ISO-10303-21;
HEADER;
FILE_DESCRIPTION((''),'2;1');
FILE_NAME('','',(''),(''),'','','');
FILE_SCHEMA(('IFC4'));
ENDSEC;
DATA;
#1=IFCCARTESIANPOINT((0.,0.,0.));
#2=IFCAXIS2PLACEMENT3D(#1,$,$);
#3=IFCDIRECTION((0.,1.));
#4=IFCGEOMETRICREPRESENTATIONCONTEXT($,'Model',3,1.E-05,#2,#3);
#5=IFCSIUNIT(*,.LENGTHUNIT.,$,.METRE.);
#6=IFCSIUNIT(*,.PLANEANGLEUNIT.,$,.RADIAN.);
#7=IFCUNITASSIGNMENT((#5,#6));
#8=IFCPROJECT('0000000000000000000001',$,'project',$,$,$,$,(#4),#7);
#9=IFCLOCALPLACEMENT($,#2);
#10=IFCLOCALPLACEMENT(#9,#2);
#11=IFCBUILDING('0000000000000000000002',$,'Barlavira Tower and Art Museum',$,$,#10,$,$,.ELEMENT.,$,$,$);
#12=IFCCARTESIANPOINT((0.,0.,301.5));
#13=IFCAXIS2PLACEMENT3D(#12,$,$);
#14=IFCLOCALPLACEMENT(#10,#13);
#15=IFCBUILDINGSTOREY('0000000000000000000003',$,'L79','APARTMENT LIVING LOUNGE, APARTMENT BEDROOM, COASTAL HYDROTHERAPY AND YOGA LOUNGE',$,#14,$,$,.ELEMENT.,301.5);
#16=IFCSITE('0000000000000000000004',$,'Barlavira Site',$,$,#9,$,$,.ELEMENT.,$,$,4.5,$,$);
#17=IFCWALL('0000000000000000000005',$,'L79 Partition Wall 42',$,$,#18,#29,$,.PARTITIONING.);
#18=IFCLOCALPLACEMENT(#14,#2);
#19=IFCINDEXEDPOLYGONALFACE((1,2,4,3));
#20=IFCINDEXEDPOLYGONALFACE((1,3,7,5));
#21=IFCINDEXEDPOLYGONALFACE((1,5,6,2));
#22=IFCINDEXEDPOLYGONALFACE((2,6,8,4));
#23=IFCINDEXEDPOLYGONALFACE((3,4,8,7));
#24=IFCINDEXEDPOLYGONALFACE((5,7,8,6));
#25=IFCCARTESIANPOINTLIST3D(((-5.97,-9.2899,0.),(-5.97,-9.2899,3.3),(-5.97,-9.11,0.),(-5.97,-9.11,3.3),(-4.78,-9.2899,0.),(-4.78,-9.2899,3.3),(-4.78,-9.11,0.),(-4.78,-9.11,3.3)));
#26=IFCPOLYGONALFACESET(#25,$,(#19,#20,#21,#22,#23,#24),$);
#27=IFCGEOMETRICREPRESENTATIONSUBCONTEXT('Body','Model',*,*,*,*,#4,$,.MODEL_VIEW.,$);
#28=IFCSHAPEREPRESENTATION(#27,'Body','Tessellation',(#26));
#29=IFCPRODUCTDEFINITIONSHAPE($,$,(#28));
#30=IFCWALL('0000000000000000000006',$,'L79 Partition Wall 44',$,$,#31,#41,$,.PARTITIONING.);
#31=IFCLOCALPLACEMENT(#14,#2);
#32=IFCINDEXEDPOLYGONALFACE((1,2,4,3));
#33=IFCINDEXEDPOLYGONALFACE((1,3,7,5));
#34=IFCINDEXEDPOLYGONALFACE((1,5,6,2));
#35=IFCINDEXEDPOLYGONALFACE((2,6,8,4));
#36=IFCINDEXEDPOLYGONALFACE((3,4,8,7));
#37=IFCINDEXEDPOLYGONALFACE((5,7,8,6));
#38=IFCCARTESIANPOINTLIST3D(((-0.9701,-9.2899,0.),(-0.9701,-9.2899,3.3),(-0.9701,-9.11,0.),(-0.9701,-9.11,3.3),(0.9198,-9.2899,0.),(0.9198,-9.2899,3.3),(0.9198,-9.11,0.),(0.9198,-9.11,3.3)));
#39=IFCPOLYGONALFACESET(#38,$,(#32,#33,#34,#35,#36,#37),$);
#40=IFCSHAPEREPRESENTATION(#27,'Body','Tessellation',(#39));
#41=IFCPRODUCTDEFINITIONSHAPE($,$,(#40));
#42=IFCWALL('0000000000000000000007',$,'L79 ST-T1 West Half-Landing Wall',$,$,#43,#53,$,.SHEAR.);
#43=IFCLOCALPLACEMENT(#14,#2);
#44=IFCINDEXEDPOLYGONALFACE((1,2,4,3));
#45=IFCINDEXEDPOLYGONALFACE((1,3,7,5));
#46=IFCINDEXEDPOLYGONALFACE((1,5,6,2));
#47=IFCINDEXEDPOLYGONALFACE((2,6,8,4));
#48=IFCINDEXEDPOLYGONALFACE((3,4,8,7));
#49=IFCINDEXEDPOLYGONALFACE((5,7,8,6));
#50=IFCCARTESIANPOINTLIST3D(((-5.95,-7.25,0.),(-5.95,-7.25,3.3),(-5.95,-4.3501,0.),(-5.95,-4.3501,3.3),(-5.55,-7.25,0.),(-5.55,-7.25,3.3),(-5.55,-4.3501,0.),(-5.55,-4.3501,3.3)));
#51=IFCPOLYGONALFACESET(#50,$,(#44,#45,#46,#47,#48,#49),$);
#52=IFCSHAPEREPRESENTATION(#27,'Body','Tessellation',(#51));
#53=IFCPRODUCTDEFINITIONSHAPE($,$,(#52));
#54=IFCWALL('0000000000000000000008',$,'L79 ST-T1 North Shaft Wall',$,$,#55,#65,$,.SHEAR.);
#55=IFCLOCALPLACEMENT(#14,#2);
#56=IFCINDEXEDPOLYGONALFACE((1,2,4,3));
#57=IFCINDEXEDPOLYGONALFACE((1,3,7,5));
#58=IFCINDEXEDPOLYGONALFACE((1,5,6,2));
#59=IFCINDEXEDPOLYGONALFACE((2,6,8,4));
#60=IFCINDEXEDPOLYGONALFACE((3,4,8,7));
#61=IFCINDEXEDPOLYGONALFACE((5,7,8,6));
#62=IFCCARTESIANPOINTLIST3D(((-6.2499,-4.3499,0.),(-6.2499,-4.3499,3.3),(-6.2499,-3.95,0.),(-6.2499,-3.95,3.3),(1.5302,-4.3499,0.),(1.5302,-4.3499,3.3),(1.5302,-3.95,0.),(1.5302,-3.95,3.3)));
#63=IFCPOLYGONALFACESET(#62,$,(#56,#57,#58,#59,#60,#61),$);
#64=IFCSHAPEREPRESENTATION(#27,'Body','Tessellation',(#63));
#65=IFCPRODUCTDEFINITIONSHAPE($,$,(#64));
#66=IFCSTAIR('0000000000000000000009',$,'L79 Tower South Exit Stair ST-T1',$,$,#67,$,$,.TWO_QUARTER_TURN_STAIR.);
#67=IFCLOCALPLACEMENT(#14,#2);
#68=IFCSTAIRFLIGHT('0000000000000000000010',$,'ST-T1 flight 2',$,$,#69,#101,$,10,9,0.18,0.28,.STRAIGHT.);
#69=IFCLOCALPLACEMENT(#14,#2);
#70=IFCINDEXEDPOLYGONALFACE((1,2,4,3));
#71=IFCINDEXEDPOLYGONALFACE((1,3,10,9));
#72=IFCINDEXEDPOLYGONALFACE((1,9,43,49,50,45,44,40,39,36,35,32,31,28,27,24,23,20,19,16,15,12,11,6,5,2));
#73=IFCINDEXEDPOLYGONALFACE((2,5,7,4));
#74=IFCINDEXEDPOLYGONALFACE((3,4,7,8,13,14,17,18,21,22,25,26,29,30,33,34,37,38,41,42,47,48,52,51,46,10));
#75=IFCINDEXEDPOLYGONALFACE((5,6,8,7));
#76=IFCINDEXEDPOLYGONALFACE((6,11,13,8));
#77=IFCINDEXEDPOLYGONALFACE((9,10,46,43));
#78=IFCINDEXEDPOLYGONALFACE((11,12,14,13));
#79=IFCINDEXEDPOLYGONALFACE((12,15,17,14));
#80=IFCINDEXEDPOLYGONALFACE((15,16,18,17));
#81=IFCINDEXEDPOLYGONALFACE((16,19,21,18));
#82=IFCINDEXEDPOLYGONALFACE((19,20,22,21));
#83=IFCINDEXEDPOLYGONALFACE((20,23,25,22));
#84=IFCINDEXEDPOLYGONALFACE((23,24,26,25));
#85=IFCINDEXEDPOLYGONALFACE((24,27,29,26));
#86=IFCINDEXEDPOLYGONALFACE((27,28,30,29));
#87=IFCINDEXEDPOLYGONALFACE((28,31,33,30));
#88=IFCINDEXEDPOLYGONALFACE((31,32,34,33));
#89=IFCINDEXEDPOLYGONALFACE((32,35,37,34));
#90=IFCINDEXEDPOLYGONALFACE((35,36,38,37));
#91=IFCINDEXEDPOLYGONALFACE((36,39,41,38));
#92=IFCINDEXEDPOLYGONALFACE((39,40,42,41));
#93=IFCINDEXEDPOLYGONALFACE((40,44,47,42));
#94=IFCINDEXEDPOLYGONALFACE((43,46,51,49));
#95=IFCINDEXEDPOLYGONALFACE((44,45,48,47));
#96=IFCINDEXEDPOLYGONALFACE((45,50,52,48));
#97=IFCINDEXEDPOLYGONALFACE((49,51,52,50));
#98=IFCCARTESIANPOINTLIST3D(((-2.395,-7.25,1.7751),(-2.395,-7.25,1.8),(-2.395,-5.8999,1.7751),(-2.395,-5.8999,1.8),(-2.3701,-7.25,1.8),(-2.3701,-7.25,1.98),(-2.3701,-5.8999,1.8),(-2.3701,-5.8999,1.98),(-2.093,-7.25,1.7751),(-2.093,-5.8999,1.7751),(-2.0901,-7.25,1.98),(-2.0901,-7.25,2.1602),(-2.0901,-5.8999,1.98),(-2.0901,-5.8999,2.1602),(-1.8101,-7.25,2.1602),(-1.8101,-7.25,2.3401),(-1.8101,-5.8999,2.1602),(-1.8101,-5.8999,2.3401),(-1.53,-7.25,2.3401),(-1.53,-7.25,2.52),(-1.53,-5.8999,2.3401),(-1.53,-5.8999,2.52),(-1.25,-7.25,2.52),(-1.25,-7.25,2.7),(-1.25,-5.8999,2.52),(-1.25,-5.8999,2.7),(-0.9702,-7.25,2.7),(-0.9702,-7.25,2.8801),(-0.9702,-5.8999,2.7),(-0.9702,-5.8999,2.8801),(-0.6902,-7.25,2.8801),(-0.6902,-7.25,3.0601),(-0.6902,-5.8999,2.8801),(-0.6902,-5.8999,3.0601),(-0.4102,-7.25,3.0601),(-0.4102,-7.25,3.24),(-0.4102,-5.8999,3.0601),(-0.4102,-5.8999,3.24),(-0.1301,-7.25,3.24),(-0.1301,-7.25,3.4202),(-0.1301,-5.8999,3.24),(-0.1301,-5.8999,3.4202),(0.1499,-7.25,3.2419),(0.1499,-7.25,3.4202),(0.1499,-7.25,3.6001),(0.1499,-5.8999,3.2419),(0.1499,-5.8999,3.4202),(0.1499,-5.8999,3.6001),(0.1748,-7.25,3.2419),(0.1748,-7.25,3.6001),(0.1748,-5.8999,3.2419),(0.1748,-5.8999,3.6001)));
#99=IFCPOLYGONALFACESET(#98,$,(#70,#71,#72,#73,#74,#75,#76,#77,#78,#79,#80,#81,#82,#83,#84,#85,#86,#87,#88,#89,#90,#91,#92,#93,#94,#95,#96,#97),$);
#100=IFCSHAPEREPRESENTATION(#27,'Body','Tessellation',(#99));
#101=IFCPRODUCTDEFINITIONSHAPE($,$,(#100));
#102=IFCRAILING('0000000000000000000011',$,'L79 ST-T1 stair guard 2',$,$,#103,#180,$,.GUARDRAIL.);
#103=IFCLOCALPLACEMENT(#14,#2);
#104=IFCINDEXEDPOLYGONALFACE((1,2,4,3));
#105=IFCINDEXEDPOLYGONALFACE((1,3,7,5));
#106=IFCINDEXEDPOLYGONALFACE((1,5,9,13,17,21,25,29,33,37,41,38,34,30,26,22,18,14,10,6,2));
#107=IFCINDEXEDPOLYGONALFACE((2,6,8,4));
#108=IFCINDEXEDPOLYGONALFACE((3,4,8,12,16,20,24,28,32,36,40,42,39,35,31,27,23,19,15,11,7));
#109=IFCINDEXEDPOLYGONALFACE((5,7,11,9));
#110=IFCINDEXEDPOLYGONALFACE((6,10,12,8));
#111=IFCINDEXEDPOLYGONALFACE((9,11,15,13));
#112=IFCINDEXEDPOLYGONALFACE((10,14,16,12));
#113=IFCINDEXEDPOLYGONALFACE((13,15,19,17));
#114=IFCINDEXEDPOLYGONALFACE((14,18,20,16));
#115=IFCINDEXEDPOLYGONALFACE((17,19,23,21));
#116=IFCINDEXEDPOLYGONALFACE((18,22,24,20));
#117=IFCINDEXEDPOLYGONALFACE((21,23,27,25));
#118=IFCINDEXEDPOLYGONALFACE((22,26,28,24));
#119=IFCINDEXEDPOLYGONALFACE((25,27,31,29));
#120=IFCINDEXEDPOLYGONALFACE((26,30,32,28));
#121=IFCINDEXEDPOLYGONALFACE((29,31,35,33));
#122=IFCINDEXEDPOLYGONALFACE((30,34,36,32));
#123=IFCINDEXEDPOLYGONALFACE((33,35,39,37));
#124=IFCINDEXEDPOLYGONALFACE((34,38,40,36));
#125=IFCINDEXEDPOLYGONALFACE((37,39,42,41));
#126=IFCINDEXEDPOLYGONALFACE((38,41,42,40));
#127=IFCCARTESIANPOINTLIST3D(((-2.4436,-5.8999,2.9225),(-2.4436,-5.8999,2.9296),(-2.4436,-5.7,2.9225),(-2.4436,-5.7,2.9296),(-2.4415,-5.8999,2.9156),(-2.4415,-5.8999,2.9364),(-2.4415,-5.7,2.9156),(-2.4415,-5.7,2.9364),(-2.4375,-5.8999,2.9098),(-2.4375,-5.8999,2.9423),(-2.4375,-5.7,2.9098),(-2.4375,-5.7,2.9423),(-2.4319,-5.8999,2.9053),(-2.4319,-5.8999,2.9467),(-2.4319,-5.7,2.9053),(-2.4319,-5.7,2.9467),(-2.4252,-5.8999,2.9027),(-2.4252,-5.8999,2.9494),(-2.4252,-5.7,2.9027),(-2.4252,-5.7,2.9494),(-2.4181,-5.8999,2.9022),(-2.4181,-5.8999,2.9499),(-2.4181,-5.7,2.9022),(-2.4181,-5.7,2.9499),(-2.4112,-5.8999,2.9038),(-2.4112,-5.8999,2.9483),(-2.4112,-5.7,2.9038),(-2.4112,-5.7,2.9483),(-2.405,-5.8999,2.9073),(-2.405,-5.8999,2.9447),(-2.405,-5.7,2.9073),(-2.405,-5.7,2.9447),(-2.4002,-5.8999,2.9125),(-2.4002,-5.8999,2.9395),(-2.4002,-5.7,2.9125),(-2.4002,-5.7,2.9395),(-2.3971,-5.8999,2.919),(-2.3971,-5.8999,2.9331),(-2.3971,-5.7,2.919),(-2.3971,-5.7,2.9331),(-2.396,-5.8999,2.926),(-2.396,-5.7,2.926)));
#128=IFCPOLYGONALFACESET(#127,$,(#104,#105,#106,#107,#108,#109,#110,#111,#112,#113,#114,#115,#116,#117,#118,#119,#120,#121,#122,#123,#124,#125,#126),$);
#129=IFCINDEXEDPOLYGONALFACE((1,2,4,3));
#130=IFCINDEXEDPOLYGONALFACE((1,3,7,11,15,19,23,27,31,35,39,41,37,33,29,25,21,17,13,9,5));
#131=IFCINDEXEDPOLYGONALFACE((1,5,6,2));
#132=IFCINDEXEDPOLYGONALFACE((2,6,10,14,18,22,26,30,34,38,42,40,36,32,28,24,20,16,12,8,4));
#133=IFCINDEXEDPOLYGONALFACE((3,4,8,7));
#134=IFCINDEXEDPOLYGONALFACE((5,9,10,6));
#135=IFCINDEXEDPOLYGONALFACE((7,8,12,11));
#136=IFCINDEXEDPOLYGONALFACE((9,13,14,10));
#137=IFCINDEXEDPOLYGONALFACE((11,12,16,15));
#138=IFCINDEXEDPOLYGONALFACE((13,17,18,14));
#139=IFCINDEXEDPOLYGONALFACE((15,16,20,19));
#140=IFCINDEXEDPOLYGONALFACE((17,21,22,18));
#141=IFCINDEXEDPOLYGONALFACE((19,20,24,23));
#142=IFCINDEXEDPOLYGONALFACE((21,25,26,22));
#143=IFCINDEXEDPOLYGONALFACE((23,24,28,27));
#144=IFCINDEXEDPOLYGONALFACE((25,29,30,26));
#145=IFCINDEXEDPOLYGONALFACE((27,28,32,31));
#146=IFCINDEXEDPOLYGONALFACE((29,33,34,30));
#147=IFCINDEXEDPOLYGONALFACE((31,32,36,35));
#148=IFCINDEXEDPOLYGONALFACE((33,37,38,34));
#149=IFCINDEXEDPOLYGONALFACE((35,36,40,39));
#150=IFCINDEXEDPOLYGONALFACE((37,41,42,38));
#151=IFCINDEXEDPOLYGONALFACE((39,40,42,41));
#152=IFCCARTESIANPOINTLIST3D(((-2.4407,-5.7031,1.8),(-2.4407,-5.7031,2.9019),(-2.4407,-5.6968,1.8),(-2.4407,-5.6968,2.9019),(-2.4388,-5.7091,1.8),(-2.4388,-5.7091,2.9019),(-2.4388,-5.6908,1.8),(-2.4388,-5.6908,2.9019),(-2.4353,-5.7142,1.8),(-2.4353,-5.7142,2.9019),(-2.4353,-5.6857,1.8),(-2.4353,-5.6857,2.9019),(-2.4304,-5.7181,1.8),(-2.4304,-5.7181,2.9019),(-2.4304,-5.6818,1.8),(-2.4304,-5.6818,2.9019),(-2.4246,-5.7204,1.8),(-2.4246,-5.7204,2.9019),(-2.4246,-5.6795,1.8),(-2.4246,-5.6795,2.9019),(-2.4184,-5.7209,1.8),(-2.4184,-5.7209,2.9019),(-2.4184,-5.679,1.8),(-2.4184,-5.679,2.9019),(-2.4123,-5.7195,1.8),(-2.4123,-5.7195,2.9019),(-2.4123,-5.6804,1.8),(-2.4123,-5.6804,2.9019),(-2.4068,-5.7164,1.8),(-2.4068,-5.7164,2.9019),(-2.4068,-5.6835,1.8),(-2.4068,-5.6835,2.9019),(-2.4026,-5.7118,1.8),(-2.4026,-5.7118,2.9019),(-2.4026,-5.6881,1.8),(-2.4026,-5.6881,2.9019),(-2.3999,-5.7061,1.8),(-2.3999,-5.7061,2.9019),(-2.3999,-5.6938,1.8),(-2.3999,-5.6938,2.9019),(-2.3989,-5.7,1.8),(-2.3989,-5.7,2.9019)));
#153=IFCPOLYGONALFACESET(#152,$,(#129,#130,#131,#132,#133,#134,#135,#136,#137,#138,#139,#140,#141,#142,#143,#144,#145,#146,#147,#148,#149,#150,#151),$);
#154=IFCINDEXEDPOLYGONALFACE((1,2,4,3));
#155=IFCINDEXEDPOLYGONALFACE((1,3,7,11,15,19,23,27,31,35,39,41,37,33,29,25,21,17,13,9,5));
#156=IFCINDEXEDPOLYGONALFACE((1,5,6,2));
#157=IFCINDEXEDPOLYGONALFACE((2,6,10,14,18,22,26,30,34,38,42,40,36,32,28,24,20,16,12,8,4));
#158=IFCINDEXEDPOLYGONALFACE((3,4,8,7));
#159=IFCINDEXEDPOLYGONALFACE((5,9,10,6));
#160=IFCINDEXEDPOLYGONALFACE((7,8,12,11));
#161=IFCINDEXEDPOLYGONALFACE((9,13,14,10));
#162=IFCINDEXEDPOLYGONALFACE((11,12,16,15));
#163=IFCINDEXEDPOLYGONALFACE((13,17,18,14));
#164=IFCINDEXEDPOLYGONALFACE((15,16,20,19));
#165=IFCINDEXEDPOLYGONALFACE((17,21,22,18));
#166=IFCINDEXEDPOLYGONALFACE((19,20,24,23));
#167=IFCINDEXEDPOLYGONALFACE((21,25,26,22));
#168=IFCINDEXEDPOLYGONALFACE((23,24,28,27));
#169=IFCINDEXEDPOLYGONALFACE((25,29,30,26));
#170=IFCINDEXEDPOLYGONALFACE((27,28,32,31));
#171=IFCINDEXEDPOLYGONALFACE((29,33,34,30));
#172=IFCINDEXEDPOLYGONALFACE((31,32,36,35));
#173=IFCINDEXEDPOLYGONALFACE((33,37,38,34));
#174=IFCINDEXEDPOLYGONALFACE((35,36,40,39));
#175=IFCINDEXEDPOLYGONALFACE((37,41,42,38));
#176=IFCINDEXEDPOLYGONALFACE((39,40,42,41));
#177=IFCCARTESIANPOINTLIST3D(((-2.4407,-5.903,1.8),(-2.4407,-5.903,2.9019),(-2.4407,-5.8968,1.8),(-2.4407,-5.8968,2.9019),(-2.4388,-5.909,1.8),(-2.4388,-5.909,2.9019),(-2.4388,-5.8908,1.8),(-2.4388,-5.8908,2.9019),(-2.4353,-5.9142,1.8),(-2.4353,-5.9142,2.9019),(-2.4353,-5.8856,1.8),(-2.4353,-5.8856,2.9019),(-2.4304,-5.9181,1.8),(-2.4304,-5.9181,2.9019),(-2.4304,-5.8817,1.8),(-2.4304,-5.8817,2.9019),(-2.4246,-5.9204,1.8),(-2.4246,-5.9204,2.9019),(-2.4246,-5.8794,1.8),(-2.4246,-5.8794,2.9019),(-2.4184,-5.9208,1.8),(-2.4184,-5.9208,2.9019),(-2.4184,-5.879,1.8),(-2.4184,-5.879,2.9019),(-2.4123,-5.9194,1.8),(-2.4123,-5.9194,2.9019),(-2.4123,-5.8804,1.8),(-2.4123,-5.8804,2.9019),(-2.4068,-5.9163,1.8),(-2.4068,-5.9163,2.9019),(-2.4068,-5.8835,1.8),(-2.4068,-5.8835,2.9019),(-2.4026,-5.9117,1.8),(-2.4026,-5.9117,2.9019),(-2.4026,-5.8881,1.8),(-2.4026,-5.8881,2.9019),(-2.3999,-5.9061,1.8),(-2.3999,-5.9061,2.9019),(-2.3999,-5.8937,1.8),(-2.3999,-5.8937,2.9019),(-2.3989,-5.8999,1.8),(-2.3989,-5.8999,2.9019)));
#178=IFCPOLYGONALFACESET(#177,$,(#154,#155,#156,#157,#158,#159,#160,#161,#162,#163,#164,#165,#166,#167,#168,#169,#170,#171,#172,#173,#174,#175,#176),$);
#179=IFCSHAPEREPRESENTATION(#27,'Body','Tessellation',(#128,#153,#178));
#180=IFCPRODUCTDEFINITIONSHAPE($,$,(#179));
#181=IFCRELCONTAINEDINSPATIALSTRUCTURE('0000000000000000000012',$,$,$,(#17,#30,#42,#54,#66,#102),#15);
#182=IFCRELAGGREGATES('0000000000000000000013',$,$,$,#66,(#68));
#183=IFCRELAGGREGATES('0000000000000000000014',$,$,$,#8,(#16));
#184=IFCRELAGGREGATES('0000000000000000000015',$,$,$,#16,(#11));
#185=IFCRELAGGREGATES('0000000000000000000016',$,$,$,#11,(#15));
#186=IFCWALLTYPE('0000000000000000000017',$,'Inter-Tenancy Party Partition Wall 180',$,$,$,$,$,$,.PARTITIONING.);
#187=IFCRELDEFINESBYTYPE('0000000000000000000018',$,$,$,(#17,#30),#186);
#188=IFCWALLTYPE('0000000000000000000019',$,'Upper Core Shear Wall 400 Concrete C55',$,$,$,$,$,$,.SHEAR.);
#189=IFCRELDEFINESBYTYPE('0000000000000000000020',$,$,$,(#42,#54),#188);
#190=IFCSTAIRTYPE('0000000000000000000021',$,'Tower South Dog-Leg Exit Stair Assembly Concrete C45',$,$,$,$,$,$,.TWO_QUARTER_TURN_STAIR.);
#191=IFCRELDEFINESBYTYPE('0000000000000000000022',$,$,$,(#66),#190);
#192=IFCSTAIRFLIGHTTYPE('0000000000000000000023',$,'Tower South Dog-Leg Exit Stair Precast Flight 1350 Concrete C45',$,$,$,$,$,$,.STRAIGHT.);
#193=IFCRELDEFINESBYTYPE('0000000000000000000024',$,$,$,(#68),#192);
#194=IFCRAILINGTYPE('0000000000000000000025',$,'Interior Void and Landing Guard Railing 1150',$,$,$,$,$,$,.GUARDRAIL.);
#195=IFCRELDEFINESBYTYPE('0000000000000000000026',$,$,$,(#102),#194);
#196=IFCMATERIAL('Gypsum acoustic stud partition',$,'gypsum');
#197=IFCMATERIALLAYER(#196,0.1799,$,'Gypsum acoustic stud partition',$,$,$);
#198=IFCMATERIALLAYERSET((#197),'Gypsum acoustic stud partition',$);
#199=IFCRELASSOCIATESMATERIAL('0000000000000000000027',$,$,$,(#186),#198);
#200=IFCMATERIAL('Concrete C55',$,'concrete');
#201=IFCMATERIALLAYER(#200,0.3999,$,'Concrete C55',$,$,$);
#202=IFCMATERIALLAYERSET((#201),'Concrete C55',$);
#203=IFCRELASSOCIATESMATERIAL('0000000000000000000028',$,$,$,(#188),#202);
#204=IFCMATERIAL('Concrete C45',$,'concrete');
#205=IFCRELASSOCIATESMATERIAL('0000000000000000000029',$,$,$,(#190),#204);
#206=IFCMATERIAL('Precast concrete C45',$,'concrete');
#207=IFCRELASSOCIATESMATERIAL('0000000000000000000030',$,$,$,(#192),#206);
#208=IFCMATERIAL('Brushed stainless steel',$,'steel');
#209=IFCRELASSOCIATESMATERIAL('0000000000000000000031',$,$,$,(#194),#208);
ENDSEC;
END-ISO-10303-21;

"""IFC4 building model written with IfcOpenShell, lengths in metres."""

from ifc_helpers import new_model, si_unit, direction, frame, frame_2d, origin, origin_2d, place, context, subcontext, project, spatial, polyline, rectangle, circle, outline, extrude, material, layer, layer_set, type_object, element, aggregate, save


model = new_model("IFC4")

# Units and contexts
model_context = context("Model", 3, precision=1e-05, world=origin(), true_north=direction((0.0, 1.0)))
body_context = subcontext(model_context, "Body", "Model", "MODEL_VIEW")
ifc_project = project(units=[si_unit("LENGTHUNIT", "METRE"), si_unit("PLANEANGLEUNIT", "RADIAN")], contexts=[model_context])

# Site, building, storey
site_placement = place(None, origin())
site = spatial("IfcSite", under=ifc_project, at=site_placement, Name="Barlavira Site", CompositionType="ELEMENT", RefElevation=4.5)
building_placement = place(site_placement, origin())
building = spatial("IfcBuilding", under=site, at=building_placement, Name="Barlavira Tower and Art Museum", CompositionType="ELEMENT")
storey_placement = place(building_placement, frame((0.0, 0.0, 301.5)))
storey = spatial("IfcBuildingStorey", under=building, at=storey_placement, Name="L79", Description="APARTMENT LIVING LOUNGE, APARTMENT BEDROOM, COASTAL HYDROTHERAPY AND YOGA LOUNGE", CompositionType="ELEMENT", Elevation=301.5)

# Shared definitions
ifc_material_1 = material(Name="Brushed stainless steel", Category="steel")

# Shared definitions
ifc_material_2 = material(Name="Gypsum acoustic stud partition", Category="gypsum")
ifc_layer_1 = layer(ifc_material_2, 0.1799, Name="Gypsum acoustic stud partition")
ifc_layer_set_1 = layer_set([ifc_layer_1], Name="Gypsum acoustic stud partition")
wall_type_1 = type_object("IfcWallType", Name="Inter-Tenancy Party Partition Wall 180", PredefinedType="PARTITIONING", material=ifc_layer_set_1)

# Wall
wall_1_placement = place(storey_placement, frame((-5.97, -9.2, 0.0), z_axis=(0.0, 0.0, 1.0), x_axis=(1.0, 0.0, 0.0)))
element("IfcWall", 1, at=wall_1_placement, inside=storey, type_object=wall_type_1, Name="L79 Partition Wall 42", PredefinedType="PARTITIONING", context=body_context, shape_type="SweptSolid", body=[
    extrude(rectangle(XDim=1.1899, YDim=0.1799, at=frame_2d((0.595, 0.0))), origin(), (0.0, 0.0, 1.0), 3.3),
])

# Walls
wall_2_placement = place(storey_placement, frame((-0.97, -9.2, 0.0), z_axis=(0.0, 0.0, 1.0), x_axis=(1.0, 0.0, 0.0)))
element("IfcWall", 2, at=wall_2_placement, inside=storey, type_object=wall_type_1, Name="L79 Partition Wall 44", PredefinedType="PARTITIONING", context=body_context, shape_type="SweptSolid", body=[
    extrude(rectangle(XDim=1.8899, YDim=0.1799, at=frame_2d((0.9448, 0.0))), origin(), (0.0, 0.0, 1.0), 3.3),
])
ifc_material_3 = material(Name="Concrete C55", Category="concrete")
ifc_layer_2 = layer(ifc_material_3, 0.3999, Name="Concrete C55")
ifc_layer_set_2 = layer_set([ifc_layer_2], Name="Concrete C55")
wall_type_2 = type_object("IfcWallType", Name="Upper Core Shear Wall 400 Concrete C55", PredefinedType="SHEAR", material=ifc_layer_set_2)
wall_3_placement = place(storey_placement, frame((-5.75, -7.25, 0.0), z_axis=(0.0, 0.0, 1.0), x_axis=(0.0, 1.0, 0.0)))
element("IfcWall", 3, at=wall_3_placement, inside=storey, type_object=wall_type_2, Name="L79 ST-T1 West Half-Landing Wall", PredefinedType="SHEAR", context=body_context, shape_type="SweptSolid", body=[
    extrude(rectangle(XDim=2.8999, YDim=0.3999, at=frame_2d((1.45, 0.0))), origin(), (0.0, 0.0, 1.0), 3.3),
])
wall_4_placement = place(storey_placement, frame((-6.25, -4.1499, 0.0), z_axis=(0.0, 0.0, 1.0), x_axis=(1.0, 0.0, 0.0)))
element("IfcWall", 4, at=wall_4_placement, inside=storey, type_object=wall_type_2, Name="L79 ST-T1 North Shaft Wall", PredefinedType="SHEAR", context=body_context, shape_type="SweptSolid", body=[
    extrude(rectangle(XDim=7.78, YDim=0.3999, at=frame_2d((3.8901, 0.0))), origin(), (0.0, 0.0, 1.0), 3.3),
])

# Stair, stair flight
ifc_material_4 = material(Name="Concrete C45", Category="concrete")
stair_type = type_object("IfcStairType", Name="Tower South Dog-Leg Exit Stair Assembly Concrete C45", PredefinedType="TWO_QUARTER_TURN_STAIR", material=ifc_material_4)
stair_placement = place(storey_placement, origin())
stair = element("IfcStair", 5, at=stair_placement, inside=storey, type_object=stair_type, Name="L79 Tower South Exit Stair ST-T1", PredefinedType="TWO_QUARTER_TURN_STAIR")
ifc_material_5 = material(Name="Precast concrete C45", Category="concrete")
stair_flight_type = type_object("IfcStairFlightType", Name="Tower South Dog-Leg Exit Stair Precast Flight 1350 Concrete C45", PredefinedType="STRAIGHT", material=ifc_material_5)
stair_flight_placement = place(storey_placement, frame((-2.3701, -6.575, 1.8), z_axis=(0.0, 0.0, 1.0), x_axis=(1.0, 0.0, 0.0)))
stair_flight = element("IfcStairFlight", 6, at=stair_flight_placement, type_object=stair_flight_type, Name="ST-T1 flight 2", NumberOfRisers=10, NumberOfTreads=9, PredefinedType="STRAIGHT", RiserHeight=0.18, TreadLength=0.28, context=body_context, shape_type="SweptSolid", body=[
    extrude(outline(polyline([(-0.0249, 0.0), (0.0, 0.0), (0.0, 0.1799), (0.28, 0.1799), (0.28, 0.3601), (0.5601, 0.3601), (0.5601, 0.54), (0.8401, 0.54), (0.8401, 0.72), (1.1201, 0.72), (1.1201, 0.8999), (1.3999, 0.8999), (1.3999, 1.0801), (1.6799, 1.0801), (1.6799, 1.26), (1.96, 1.26), (1.96, 1.4399), (2.24, 1.4399), (2.24, 1.6201), (2.52, 1.6201), (2.52, 1.8), (2.5449, 1.8), (2.5449, 1.4419), (2.52, 1.4419), (0.2771, -0.0249), (-0.0249, -0.0249), (-0.0249, 0.0)])), frame((0.0, 0.675, 0.0), z_axis=(0.0, -1.0, 0.0), x_axis=(1.0, 0.0, 0.0)), (0.0, 0.0, 1.0), 1.3501),
])
aggregate(stair, [stair_flight])

# Railing
railing_type_1 = type_object("IfcRailingType", Name="Interior Void and Landing Guard Railing 1150", PredefinedType="GUARDRAIL", material=ifc_material_1)
railing_1_placement = place(storey_placement, frame((-2.4199, -5.7, 1.8)))
element("IfcRailing", 7, at=railing_1_placement, inside=storey, type_object=railing_type_1, Name="L79 ST-T1 stair guard 2", PredefinedType="GUARDRAIL", context=body_context, shape_type="SweptSolid", body=[
    extrude(circle(Radius=0.0239, at=origin_2d()), frame((0.0, 0.0, 1.126), z_axis=(0.0, -1.0, 0.0), x_axis=(1.0, 0.0, 0.0)), (0.0, 0.0, 1.0), 0.2),
    extrude(circle(Radius=0.021, at=origin_2d()), origin(), (0.0, 0.0, 1.0), 1.1018),
    extrude(circle(Radius=0.021, at=origin_2d()), frame((0.0, -0.2, 0.0)), (0.0, 0.0, 1.0), 1.1018),
])

save(model, "model.ifc")
